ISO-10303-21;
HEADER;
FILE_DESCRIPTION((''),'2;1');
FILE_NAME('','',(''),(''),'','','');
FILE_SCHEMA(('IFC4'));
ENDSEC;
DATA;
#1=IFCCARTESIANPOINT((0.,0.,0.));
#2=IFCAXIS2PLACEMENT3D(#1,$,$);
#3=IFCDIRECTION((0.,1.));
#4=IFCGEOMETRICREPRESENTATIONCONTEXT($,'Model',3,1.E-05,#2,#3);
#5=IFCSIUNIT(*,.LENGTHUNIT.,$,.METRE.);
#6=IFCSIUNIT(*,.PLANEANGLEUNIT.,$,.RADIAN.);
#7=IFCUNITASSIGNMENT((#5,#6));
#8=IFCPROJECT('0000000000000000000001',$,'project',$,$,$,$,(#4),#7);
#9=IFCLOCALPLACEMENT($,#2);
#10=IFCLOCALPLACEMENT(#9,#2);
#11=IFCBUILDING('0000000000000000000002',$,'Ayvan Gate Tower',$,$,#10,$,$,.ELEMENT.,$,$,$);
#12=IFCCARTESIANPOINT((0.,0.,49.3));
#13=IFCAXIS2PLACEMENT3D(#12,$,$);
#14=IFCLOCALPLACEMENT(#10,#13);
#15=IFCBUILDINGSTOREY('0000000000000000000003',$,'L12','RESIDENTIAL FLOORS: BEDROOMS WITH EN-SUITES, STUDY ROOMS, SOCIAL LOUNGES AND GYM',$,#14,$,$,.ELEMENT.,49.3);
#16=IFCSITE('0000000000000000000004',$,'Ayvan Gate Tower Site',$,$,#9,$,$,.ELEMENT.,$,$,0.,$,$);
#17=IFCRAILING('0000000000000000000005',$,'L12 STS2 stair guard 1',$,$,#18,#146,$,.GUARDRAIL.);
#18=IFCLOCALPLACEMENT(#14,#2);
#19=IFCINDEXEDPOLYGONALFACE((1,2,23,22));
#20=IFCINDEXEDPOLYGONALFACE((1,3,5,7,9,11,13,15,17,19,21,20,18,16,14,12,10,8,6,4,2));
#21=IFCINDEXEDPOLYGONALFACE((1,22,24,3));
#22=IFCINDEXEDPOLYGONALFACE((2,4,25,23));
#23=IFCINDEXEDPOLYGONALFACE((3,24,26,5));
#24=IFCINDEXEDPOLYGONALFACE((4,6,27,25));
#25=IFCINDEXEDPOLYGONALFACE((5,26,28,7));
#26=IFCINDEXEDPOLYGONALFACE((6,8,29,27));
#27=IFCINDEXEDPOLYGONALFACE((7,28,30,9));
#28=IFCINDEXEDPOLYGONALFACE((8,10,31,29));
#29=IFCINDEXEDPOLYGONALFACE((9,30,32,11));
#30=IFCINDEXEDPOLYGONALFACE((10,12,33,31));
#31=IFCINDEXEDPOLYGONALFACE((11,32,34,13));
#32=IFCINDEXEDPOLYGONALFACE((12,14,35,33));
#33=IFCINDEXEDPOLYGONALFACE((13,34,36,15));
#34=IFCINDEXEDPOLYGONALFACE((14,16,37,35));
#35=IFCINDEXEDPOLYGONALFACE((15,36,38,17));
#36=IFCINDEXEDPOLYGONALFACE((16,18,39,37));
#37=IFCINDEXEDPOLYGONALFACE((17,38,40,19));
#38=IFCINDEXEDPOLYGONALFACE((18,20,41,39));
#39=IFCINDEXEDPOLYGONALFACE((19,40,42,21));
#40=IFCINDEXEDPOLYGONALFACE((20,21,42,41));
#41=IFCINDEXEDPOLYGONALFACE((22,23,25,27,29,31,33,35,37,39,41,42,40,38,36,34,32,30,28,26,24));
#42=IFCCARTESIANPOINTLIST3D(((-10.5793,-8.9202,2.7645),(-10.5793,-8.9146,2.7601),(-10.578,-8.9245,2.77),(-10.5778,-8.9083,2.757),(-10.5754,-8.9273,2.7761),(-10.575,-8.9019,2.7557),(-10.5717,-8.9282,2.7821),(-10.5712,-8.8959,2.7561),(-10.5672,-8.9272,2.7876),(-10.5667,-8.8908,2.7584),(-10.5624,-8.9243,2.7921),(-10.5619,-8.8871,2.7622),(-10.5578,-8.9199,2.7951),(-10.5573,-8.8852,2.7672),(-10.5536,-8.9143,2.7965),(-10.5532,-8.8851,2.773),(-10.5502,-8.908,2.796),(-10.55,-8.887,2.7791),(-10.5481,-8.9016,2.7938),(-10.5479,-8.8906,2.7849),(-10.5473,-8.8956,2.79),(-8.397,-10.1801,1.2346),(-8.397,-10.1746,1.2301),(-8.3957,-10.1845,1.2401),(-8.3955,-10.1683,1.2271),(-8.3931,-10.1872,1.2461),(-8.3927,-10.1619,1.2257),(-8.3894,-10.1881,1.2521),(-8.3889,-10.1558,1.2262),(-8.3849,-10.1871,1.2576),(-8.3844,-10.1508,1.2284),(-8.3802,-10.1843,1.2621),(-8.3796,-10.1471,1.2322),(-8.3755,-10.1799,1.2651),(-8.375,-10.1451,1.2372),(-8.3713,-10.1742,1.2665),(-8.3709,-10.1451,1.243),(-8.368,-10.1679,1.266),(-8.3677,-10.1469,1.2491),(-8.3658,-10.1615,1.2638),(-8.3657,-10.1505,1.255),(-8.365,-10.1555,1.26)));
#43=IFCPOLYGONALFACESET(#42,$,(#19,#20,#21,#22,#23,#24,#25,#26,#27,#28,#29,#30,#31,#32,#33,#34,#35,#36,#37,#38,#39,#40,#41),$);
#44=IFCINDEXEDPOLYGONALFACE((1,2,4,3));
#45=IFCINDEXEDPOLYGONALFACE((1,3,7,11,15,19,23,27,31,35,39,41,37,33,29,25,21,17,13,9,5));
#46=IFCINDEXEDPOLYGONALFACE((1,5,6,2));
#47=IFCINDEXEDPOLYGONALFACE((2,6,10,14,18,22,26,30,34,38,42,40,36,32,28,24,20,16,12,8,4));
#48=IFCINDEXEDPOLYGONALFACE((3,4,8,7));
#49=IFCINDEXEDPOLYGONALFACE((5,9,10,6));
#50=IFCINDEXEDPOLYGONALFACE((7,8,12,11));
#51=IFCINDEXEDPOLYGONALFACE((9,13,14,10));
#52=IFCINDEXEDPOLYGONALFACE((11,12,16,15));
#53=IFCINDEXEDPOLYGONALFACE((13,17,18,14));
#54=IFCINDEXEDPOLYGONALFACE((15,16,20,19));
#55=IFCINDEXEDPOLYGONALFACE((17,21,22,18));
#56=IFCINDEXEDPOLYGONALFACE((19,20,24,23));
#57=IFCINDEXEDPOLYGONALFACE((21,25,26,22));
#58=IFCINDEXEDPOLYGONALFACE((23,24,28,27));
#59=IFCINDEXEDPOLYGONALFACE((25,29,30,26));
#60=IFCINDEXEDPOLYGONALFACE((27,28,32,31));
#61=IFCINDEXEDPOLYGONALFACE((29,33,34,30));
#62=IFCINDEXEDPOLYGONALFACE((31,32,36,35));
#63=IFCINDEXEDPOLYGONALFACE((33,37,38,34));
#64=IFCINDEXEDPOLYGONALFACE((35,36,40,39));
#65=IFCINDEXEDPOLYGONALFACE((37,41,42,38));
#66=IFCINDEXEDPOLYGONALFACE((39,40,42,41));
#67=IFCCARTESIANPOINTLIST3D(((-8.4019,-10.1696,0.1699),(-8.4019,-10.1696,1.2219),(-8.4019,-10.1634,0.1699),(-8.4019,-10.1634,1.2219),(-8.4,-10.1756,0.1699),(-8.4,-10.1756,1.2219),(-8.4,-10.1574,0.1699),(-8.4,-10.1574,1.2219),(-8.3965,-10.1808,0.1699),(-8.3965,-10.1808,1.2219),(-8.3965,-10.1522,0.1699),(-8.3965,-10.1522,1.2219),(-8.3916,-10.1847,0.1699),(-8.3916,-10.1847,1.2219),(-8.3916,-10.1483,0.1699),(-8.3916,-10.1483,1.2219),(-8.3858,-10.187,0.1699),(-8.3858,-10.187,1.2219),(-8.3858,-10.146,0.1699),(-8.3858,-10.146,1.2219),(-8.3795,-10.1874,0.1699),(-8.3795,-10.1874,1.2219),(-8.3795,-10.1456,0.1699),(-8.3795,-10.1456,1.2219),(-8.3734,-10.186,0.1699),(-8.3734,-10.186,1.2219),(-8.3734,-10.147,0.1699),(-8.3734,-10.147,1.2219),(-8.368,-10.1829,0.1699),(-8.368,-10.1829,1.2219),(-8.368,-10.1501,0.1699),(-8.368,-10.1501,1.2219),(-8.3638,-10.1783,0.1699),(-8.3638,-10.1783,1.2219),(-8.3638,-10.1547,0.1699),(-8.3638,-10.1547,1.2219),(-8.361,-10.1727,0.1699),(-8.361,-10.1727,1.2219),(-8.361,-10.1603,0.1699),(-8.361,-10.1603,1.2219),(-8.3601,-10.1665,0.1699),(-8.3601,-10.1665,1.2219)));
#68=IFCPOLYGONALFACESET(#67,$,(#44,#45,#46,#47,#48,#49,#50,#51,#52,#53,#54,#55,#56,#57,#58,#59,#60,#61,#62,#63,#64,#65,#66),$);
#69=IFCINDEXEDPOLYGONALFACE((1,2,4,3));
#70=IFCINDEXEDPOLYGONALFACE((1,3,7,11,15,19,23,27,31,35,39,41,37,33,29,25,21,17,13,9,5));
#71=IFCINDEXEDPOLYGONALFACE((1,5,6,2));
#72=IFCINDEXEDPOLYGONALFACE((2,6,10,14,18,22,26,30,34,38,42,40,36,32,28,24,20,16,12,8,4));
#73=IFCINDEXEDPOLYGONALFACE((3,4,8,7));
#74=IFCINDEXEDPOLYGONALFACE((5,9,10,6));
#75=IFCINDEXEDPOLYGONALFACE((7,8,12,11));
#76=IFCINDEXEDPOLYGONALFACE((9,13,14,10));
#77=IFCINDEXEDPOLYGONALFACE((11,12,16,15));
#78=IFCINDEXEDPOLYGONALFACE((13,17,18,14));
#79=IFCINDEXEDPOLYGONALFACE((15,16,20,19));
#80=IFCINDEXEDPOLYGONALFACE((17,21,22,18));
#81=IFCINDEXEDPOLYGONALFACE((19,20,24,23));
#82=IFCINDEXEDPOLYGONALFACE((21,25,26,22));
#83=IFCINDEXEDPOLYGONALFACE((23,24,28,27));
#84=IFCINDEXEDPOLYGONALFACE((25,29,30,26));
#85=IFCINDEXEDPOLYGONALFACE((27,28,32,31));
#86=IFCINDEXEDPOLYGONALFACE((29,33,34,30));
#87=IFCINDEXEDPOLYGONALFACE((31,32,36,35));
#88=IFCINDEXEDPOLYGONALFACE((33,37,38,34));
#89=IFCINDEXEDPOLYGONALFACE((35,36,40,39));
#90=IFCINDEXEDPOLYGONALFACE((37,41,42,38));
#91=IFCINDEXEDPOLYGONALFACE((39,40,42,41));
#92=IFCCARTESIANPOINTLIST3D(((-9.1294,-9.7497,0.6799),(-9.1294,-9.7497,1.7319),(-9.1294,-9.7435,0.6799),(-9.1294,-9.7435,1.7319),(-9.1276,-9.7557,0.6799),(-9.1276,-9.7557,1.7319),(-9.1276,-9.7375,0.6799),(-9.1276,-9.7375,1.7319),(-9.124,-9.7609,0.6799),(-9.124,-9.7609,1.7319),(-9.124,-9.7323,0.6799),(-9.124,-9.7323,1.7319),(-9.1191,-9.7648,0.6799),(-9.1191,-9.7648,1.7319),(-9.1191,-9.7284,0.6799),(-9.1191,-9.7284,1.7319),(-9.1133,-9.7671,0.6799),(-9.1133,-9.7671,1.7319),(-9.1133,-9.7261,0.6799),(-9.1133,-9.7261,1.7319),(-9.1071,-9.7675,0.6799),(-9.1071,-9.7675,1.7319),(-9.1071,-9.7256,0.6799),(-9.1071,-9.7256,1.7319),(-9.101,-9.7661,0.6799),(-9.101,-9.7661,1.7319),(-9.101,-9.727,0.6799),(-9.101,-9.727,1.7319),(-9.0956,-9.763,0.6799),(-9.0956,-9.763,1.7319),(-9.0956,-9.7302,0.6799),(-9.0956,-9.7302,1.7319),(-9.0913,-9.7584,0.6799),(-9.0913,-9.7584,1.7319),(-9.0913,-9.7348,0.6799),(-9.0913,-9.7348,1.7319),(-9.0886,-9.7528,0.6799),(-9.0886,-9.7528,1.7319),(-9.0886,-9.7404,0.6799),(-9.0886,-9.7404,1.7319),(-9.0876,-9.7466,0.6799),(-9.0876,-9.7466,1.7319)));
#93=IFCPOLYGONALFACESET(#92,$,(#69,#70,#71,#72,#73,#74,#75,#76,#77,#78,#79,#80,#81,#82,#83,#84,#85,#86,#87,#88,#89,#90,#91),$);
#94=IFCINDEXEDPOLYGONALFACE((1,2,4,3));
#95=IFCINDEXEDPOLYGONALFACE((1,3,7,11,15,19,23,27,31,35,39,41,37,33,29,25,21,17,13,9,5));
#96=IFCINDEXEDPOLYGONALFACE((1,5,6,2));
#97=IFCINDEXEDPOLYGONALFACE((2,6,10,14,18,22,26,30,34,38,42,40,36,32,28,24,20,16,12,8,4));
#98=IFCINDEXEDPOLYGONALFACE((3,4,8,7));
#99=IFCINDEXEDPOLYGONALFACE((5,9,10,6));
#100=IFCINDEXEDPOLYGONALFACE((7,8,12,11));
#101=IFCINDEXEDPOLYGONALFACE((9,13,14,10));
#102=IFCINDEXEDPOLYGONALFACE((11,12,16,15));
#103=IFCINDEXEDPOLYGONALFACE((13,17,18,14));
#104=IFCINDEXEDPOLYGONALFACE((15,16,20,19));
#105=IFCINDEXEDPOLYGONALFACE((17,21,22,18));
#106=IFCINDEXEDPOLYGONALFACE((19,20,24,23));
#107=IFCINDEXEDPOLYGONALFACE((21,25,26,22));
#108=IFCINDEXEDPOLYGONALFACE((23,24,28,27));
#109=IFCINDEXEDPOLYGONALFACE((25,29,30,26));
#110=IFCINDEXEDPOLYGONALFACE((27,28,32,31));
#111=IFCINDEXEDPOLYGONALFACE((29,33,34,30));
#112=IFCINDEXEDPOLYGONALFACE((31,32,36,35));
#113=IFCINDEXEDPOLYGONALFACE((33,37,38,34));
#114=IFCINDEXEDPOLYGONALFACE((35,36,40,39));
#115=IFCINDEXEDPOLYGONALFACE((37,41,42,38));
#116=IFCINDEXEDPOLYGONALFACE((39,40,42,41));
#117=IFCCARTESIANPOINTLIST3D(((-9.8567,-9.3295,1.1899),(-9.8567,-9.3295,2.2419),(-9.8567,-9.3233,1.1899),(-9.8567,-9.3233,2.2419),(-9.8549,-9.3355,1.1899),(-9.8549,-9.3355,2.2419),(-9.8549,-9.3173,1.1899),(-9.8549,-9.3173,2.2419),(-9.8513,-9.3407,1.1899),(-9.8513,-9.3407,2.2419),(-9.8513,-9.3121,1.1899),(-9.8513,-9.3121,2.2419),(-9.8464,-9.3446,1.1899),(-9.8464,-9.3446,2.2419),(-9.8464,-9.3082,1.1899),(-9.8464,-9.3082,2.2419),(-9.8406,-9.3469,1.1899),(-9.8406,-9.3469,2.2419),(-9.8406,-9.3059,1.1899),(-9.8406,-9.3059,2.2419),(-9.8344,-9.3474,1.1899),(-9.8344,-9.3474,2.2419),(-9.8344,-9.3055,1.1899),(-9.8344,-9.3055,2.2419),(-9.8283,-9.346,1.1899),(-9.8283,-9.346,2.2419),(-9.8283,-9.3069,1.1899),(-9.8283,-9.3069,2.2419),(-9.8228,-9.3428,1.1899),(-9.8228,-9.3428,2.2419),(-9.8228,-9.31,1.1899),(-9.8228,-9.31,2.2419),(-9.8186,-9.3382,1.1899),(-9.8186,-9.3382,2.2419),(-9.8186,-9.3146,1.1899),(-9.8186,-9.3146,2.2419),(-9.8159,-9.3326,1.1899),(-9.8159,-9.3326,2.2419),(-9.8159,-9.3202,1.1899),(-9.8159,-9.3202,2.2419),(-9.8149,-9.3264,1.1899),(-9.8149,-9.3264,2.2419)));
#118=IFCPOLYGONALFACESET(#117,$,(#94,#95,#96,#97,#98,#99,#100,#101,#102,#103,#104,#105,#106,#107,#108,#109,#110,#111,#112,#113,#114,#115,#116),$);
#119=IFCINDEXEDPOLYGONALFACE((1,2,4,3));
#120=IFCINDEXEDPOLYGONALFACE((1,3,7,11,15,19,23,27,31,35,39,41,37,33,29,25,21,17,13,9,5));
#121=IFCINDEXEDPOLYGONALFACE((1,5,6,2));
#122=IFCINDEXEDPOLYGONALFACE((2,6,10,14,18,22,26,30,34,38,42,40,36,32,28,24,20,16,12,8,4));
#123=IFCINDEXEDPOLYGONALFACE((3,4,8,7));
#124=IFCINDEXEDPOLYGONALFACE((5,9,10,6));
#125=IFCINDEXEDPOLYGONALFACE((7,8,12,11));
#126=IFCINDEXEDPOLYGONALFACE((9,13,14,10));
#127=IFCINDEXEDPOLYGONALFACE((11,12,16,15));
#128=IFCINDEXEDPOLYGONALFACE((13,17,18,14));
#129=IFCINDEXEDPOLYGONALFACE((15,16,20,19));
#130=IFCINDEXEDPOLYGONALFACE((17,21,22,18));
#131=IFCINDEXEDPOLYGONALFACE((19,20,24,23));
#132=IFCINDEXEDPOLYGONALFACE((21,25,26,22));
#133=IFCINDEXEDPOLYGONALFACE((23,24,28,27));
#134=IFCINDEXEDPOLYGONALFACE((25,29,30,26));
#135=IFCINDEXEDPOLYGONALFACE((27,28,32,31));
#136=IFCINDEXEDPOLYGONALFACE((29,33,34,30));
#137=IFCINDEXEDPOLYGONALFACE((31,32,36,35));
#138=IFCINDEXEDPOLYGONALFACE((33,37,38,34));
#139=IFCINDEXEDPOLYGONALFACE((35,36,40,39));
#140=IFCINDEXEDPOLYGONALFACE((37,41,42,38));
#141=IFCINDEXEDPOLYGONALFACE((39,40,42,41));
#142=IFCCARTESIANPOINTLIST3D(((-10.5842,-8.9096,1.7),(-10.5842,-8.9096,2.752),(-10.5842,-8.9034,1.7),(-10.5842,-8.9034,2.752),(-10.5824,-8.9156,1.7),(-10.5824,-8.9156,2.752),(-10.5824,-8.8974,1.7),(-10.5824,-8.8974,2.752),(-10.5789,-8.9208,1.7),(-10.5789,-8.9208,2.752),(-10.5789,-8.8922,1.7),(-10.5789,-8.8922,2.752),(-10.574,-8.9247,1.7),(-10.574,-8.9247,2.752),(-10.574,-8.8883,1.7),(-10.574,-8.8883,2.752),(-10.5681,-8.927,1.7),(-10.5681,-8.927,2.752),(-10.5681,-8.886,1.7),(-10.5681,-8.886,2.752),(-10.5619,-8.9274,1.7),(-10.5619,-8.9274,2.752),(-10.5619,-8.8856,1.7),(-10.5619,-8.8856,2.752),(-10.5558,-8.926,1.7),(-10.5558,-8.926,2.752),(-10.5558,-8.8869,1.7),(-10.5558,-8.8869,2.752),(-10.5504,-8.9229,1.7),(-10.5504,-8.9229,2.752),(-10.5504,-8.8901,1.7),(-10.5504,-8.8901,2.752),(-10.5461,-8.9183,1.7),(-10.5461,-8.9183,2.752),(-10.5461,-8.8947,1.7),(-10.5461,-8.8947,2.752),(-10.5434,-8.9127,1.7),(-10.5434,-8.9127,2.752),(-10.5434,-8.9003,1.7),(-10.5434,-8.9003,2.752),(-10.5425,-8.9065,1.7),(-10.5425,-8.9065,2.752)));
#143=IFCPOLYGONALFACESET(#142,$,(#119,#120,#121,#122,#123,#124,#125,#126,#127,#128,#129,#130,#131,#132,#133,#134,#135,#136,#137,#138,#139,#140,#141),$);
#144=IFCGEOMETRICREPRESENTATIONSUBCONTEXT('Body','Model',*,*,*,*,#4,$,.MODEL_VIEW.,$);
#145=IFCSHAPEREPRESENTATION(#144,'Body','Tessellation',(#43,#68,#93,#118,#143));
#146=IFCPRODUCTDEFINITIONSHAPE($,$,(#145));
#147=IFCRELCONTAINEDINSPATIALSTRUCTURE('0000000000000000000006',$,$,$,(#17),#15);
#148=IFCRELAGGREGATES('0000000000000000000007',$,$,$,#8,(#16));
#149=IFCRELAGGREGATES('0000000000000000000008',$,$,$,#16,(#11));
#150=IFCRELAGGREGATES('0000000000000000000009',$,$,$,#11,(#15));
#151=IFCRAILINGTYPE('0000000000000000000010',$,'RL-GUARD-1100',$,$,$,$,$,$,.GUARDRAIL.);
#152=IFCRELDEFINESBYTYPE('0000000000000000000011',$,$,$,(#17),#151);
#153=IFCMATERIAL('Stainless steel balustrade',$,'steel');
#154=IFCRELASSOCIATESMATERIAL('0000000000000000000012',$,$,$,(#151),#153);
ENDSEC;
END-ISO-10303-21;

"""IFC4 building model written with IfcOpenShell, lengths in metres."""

from ifc_helpers import new_model, si_unit, direction, frame, origin, origin_2d, place, context, subcontext, project, spatial, circle, extrude, material, type_object, element, save


model = new_model("IFC4")

# Units and contexts
model_context = context("Model", 3, precision=1e-05, world=origin(), true_north=direction((0.0, 1.0)))
body_context = subcontext(model_context, "Body", "Model", "MODEL_VIEW")
ifc_project = project(units=[si_unit("LENGTHUNIT", "METRE"), si_unit("PLANEANGLEUNIT", "RADIAN")], contexts=[model_context])

# Site, building, storey
site_placement = place(None, origin())
site = spatial("IfcSite", under=ifc_project, at=site_placement, Name="Ayvan Gate Tower Site", CompositionType="ELEMENT", RefElevation=0.0)
building_placement = place(site_placement, origin())
building = spatial("IfcBuilding", under=site, at=building_placement, Name="Ayvan Gate Tower", CompositionType="ELEMENT")
storey_placement = place(building_placement, frame((0.0, 0.0, 49.3)))
storey = spatial("IfcBuildingStorey", under=building, at=storey_placement, Name="L12", Description="RESIDENTIAL FLOORS: BEDROOMS WITH EN-SUITES, STUDY ROOMS, SOCIAL LOUNGES AND GYM", CompositionType="ELEMENT", Elevation=49.3)

# Railing
ifc_material_1 = material(Name="Stainless steel balustrade", Category="steel")
railing_type_1 = type_object("IfcRailingType", Name="RL-GUARD-1100", PredefinedType="GUARDRAIL", material=ifc_material_1)
railing_1_placement = place(storey_placement, frame((-8.3811, -10.1665, 0.1699)))
element("IfcRailing", 1, at=railing_1_placement, inside=storey, type_object=railing_type_1, Name="L12 STS2 stair guard 1", PredefinedType="GUARDRAIL", context=body_context, shape_type="SweptSolid", body=[
    extrude(circle(Radius=0.0239, at=origin_2d()), frame((0.0, 0.0, 1.0762), z_axis=(-0.740261, 0.427395, 0.518986), x_axis=(-0.500005, -0.866023, 0.0)), (0.0, 0.0, 1.0), 2.948),
    extrude(circle(Radius=0.021, at=origin_2d()), origin(), (0.0, 0.0, 1.0), 1.052),
    extrude(circle(Radius=0.021, at=origin_2d()), frame((-0.7275, 0.4199, 0.51)), (0.0, 0.0, 1.0), 1.052),
    extrude(circle(Radius=0.021, at=origin_2d()), frame((-1.4548, 0.8401, 1.02)), (0.0, 0.0, 1.0), 1.052),
    extrude(circle(Radius=0.021, at=origin_2d()), frame((-2.1824, 1.26, 1.53)), (0.0, 0.0, 1.0), 1.052),
])

save(model, "model.ifc")
